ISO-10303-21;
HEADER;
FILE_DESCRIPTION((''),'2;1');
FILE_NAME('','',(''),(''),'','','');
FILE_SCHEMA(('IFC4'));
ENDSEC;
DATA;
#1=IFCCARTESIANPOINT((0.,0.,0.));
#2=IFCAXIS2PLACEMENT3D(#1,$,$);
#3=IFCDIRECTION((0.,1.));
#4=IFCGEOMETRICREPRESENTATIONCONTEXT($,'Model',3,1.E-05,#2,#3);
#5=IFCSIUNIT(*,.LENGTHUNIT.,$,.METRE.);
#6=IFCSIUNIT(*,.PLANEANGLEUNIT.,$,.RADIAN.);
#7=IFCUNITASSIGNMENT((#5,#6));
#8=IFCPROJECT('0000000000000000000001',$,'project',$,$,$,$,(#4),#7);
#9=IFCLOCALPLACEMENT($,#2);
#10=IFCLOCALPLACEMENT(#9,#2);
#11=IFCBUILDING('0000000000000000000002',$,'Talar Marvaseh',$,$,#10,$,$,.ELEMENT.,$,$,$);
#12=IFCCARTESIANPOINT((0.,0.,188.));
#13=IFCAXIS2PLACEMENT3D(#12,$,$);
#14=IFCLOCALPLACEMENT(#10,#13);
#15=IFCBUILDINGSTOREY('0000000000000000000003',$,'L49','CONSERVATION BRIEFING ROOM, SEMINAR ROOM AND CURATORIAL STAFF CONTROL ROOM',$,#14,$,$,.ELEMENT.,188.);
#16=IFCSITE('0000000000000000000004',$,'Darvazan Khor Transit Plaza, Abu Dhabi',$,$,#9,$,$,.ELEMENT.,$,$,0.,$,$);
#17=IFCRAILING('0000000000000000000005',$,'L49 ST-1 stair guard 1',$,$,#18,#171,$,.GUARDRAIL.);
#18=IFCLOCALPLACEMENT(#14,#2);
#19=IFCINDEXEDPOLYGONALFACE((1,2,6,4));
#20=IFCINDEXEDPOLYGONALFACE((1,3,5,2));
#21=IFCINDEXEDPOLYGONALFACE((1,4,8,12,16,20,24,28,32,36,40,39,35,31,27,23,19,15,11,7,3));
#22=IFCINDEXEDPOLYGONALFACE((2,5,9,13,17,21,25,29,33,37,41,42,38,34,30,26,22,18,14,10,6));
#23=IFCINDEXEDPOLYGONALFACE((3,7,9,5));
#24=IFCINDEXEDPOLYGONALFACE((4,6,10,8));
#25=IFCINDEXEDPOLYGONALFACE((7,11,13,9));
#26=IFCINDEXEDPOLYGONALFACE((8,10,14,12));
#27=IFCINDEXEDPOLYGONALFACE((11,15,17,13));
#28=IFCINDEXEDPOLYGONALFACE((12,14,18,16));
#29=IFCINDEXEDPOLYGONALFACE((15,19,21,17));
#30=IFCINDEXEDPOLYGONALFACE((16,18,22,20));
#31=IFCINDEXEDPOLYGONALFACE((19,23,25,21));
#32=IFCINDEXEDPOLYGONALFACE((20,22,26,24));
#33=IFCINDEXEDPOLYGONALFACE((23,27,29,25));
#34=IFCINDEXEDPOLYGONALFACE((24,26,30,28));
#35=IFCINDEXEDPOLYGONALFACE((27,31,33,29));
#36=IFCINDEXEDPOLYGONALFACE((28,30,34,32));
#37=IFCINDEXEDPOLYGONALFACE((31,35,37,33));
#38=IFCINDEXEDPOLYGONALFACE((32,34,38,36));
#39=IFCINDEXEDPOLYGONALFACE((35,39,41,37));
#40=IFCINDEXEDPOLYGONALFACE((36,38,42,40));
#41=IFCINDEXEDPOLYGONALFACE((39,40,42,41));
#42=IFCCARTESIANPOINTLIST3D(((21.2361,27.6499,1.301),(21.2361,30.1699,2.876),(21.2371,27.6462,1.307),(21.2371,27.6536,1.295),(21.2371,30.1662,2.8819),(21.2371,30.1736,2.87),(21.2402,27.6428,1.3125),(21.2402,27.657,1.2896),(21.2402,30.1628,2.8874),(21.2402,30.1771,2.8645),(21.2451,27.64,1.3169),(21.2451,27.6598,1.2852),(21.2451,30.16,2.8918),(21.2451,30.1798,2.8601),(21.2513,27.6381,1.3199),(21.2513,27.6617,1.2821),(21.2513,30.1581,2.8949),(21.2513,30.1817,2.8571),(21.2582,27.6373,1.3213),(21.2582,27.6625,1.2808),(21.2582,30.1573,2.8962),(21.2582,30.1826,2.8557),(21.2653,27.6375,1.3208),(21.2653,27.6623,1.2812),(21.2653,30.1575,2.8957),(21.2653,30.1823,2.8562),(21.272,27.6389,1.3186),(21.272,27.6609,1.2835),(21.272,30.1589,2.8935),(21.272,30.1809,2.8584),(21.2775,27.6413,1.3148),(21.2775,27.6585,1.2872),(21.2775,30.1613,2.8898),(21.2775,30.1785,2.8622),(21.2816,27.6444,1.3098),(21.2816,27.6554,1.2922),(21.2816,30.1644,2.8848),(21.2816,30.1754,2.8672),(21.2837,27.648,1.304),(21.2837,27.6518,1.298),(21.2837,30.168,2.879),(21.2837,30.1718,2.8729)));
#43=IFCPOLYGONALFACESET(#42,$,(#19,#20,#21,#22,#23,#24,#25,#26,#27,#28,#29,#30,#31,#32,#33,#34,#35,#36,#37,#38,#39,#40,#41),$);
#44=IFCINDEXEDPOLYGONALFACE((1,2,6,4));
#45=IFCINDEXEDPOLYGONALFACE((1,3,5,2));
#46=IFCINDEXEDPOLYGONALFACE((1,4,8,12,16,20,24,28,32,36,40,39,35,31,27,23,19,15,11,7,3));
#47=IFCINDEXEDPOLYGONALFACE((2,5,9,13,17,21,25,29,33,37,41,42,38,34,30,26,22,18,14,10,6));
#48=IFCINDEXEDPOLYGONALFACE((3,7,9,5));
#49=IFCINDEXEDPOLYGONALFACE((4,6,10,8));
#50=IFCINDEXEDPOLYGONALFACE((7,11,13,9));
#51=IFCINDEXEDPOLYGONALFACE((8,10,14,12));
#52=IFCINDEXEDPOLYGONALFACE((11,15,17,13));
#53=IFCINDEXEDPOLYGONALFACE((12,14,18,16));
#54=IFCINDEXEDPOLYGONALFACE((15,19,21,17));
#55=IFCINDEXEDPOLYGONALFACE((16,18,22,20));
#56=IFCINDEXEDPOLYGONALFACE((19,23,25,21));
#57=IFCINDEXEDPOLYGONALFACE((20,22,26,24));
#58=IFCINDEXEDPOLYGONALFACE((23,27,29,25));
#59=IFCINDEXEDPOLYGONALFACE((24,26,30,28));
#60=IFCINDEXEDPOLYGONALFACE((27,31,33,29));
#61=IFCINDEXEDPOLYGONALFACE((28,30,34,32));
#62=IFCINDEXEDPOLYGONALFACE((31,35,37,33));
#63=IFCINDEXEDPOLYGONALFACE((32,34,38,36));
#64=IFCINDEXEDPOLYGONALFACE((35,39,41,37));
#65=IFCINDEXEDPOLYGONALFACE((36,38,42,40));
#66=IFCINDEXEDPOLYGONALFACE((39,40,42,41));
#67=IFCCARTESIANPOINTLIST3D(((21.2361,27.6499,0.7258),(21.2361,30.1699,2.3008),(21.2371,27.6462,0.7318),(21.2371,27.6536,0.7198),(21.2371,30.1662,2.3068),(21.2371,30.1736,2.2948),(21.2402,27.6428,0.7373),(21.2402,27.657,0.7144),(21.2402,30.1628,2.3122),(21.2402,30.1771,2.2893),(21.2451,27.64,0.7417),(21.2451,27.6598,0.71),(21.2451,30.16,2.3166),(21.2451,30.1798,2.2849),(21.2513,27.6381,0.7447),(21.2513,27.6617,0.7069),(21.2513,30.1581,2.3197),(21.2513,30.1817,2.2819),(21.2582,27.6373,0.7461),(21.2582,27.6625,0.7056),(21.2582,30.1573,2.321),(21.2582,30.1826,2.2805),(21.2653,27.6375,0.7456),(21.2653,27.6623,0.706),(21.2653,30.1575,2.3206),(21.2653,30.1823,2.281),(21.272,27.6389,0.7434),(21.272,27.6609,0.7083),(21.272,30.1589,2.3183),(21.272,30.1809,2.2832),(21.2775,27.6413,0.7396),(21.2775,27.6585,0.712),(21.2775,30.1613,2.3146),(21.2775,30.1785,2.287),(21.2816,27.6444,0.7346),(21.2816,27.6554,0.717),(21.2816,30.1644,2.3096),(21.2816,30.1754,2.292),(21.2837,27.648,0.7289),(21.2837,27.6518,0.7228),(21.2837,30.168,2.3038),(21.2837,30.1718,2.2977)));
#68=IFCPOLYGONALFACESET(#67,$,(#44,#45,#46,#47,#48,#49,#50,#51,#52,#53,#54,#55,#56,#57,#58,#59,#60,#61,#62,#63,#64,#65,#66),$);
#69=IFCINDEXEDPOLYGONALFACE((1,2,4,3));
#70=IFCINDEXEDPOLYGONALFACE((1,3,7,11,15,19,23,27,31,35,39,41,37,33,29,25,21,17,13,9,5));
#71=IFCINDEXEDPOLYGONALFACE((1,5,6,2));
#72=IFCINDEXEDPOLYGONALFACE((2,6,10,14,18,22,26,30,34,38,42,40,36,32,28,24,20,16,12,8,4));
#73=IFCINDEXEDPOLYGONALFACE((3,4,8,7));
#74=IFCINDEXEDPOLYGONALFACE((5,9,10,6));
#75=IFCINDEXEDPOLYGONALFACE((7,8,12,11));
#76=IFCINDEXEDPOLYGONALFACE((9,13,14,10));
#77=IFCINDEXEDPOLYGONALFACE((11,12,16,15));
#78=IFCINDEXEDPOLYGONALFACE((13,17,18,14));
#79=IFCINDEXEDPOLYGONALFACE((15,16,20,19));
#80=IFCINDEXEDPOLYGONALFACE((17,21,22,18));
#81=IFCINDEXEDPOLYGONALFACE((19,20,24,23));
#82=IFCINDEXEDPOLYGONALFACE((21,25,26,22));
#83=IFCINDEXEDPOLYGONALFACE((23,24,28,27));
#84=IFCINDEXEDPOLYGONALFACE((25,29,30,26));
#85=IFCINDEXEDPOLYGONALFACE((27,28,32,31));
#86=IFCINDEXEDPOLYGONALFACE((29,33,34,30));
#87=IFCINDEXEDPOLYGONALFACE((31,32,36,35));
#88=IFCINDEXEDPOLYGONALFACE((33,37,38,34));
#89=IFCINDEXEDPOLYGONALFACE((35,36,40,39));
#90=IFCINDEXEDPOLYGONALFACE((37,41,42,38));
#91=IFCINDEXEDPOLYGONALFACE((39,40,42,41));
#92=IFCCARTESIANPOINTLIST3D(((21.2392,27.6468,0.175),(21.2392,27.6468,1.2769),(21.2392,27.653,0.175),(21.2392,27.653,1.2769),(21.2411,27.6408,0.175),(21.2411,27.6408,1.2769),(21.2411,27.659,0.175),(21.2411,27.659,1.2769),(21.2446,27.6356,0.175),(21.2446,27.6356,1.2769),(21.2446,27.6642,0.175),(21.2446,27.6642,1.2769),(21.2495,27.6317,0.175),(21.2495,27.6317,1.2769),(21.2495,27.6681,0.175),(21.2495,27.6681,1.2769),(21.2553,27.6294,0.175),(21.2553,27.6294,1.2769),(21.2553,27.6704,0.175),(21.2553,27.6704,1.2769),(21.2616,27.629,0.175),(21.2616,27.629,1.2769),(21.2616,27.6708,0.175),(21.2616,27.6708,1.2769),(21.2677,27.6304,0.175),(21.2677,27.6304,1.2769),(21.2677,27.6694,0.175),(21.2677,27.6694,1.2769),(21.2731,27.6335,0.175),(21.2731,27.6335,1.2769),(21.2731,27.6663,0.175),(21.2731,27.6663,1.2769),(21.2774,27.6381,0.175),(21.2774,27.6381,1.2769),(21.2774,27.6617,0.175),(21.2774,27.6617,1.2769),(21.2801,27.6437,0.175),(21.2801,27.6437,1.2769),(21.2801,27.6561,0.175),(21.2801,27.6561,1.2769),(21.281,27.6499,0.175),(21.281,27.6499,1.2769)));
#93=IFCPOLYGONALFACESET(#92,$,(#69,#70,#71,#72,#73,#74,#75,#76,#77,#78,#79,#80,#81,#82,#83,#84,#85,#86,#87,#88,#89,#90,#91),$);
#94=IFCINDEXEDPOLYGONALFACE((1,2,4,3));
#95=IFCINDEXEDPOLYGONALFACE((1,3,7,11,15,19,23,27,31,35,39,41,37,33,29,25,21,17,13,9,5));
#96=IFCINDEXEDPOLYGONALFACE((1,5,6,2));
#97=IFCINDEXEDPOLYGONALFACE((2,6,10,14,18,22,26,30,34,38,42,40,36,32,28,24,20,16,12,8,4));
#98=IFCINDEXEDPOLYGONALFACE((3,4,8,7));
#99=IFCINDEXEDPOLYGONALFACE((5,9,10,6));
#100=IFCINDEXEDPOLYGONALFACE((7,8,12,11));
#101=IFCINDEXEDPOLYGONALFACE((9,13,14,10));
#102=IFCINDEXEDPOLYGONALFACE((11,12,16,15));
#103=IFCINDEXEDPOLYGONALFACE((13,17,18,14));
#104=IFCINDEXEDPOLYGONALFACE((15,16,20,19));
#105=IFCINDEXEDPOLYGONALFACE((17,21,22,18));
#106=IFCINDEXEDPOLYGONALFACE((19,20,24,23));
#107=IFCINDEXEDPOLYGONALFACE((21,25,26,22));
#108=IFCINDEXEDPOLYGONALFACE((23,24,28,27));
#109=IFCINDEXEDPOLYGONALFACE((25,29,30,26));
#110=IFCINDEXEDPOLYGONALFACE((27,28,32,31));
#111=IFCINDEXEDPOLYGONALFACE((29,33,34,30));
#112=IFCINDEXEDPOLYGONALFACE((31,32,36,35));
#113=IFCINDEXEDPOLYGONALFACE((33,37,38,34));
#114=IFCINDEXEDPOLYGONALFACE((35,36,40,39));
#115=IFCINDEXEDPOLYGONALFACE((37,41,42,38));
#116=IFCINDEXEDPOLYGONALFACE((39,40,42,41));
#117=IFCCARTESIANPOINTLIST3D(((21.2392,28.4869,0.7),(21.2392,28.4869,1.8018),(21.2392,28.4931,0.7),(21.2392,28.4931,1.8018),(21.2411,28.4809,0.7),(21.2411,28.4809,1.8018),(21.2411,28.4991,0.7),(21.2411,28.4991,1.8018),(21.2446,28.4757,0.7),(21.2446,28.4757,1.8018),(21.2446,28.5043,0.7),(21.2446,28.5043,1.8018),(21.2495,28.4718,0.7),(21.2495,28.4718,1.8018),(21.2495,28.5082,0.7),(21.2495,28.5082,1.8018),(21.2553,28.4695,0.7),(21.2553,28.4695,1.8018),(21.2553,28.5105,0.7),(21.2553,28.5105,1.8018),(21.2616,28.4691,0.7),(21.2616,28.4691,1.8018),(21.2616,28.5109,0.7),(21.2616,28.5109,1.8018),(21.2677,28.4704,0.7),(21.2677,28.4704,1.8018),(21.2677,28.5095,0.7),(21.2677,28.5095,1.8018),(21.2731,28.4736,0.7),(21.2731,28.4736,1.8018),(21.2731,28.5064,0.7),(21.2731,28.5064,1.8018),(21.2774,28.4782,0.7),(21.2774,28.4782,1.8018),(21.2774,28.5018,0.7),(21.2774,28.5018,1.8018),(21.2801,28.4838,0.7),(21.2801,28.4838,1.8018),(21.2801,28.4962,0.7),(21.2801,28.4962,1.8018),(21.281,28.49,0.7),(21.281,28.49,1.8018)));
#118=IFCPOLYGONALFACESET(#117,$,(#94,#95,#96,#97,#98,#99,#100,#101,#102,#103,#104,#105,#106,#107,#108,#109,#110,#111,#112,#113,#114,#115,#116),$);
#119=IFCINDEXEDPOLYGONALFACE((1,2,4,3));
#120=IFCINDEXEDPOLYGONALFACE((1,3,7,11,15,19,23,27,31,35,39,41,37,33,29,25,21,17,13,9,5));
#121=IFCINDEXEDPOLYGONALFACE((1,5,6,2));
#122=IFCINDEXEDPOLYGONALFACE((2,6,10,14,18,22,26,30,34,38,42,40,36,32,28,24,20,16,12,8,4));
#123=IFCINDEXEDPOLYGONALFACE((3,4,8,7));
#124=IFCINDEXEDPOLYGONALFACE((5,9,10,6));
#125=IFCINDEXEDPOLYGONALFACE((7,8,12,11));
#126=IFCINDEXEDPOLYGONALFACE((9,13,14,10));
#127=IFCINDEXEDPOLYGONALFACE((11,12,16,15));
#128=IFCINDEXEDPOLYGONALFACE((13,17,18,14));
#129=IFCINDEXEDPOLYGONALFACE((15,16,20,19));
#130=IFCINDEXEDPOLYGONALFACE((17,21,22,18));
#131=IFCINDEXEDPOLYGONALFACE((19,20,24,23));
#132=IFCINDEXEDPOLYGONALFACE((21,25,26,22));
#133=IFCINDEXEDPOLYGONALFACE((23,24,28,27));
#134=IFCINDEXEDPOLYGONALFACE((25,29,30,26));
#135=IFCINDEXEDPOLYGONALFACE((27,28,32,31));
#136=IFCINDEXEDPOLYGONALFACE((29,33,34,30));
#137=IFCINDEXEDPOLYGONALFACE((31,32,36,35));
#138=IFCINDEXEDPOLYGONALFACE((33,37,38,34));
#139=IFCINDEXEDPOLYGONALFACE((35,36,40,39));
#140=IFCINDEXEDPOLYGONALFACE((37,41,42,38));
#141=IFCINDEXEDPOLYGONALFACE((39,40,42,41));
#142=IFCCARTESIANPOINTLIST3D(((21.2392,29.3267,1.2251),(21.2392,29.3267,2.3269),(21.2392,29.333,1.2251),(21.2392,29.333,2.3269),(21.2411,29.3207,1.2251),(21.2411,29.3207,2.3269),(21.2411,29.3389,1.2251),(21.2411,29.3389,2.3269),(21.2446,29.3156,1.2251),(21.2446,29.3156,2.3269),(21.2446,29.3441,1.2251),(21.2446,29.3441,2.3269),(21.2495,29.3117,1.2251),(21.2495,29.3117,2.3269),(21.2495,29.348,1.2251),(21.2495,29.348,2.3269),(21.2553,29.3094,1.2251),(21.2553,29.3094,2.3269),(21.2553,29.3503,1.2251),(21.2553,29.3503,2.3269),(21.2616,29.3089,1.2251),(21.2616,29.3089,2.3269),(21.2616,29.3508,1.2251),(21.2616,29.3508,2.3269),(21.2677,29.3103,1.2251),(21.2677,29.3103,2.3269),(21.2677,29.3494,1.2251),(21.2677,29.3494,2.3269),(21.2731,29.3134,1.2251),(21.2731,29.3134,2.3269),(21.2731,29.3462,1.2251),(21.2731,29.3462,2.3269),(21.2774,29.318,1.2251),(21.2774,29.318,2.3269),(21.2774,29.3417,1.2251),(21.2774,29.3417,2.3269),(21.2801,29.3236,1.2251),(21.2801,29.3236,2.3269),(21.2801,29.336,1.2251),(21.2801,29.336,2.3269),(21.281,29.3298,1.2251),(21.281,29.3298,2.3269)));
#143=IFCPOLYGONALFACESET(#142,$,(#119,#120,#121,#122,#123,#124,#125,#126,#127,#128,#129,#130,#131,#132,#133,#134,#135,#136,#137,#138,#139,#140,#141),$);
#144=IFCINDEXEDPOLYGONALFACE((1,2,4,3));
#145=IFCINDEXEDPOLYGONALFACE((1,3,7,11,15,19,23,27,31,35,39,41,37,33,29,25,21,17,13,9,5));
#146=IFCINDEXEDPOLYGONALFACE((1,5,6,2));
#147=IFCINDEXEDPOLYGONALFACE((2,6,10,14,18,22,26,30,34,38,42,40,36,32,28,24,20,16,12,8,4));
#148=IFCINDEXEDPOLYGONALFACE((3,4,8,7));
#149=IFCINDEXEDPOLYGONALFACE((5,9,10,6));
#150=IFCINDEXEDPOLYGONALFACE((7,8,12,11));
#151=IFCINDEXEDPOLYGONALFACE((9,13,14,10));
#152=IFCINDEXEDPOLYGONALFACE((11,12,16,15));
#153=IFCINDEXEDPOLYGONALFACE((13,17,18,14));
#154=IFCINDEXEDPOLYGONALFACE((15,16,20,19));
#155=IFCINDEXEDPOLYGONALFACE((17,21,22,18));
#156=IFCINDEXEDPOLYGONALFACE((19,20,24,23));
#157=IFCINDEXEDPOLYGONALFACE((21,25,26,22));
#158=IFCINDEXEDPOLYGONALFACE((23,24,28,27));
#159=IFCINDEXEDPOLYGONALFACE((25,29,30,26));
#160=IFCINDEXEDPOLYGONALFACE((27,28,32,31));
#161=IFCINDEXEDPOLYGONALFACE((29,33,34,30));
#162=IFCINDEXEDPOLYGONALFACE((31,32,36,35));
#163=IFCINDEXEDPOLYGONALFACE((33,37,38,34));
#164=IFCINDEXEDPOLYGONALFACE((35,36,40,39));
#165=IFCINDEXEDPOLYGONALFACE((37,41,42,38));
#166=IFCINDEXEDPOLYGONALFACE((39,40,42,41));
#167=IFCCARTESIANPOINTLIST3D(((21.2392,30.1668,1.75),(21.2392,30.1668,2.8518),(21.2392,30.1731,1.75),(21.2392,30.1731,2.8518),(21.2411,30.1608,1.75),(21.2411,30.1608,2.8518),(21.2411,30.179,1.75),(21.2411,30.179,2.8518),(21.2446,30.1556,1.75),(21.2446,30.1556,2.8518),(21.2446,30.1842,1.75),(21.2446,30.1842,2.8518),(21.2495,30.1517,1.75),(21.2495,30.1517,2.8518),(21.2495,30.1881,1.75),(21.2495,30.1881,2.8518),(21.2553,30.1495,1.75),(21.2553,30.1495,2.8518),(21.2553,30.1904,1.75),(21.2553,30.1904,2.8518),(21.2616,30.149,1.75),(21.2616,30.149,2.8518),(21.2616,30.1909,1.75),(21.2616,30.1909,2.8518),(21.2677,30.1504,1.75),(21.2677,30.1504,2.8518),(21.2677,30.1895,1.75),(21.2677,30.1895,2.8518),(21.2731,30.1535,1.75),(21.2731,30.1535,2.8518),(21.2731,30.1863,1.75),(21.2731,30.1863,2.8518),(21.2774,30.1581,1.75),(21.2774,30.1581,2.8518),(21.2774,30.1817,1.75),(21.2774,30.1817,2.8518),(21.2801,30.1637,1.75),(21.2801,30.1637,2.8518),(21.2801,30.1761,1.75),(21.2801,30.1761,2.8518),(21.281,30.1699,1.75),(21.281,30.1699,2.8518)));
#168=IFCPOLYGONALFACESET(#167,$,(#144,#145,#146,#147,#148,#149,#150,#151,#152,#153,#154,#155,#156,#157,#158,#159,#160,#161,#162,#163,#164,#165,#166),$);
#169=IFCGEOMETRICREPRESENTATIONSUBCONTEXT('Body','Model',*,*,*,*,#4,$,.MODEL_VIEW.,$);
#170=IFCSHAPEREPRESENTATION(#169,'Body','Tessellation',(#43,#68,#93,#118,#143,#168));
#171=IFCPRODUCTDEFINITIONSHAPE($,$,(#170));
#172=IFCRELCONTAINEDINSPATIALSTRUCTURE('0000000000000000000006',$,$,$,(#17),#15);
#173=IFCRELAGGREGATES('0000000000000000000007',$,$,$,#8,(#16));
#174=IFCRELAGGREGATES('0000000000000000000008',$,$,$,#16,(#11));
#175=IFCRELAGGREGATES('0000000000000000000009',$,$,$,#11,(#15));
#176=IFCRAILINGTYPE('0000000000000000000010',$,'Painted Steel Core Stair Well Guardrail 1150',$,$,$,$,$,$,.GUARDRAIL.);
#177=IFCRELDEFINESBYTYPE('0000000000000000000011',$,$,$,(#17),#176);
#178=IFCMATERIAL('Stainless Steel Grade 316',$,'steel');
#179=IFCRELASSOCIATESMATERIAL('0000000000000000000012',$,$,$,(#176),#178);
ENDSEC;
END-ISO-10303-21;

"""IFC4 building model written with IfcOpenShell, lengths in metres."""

from ifc_helpers import new_model, si_unit, direction, frame, origin, origin_2d, place, context, subcontext, project, spatial, circle, extrude, material, type_object, element, save


model = new_model("IFC4")

# Units and contexts
model_context = context("Model", 3, precision=1e-05, world=origin(), true_north=direction((0.0, 1.0)))
body_context = subcontext(model_context, "Body", "Model", "MODEL_VIEW")
ifc_project = project(units=[si_unit("LENGTHUNIT", "METRE"), si_unit("PLANEANGLEUNIT", "RADIAN")], contexts=[model_context])

# Site, building, storey
site_placement = place(None, origin())
site = spatial("IfcSite", under=ifc_project, at=site_placement, Name="Darvazan Khor Transit Plaza, Abu Dhabi", CompositionType="ELEMENT", RefElevation=0.0)
building_placement = place(site_placement, origin())
building = spatial("IfcBuilding", under=site, at=building_placement, Name="Talar Marvaseh", CompositionType="ELEMENT")
storey_placement = place(building_placement, frame((0.0, 0.0, 188.0)))
storey = spatial("IfcBuildingStorey", under=building, at=storey_placement, Name="L49", Description="CONSERVATION BRIEFING ROOM, SEMINAR ROOM AND CURATORIAL STAFF CONTROL ROOM", CompositionType="ELEMENT", Elevation=188.0)

# Railing
ifc_material_1 = material(Name="Stainless Steel Grade 316", Category="steel")
railing_type_1 = type_object("IfcRailingType", Name="Painted Steel Core Stair Well Guardrail 1150", PredefinedType="GUARDRAIL", material=ifc_material_1)
railing_1_placement = place(storey_placement, frame((21.26, 27.6499, 0.175)))
element("IfcRailing", 1, at=railing_1_placement, inside=storey, type_object=railing_type_1, Name="L49 ST-1 stair guard 1", PredefinedType="GUARDRAIL", context=body_context, shape_type="SweptSolid", body=[
    extrude(circle(Radius=0.0239, at=origin_2d()), frame((0.0, 0.0, 1.126), z_axis=(0.0, 0.848008, 0.529984), x_axis=(-1.0, 0.0, 0.0)), (0.0, 0.0, 1.0), 2.9717),
    extrude(circle(Radius=0.0239, at=origin_2d()), frame((0.0, 0.0, 0.5508), z_axis=(0.0, 0.848008, 0.529984), x_axis=(-1.0, 0.0, 0.0)), (0.0, 0.0, 1.0), 2.9717),
    extrude(circle(Radius=0.021, at=origin_2d()), origin(), (0.0, 0.0, 1.0), 1.1018),
    extrude(circle(Radius=0.021, at=origin_2d()), frame((0.0, 0.8401, 0.5249)), (0.0, 0.0, 1.0), 1.1018),
    extrude(circle(Radius=0.021, at=origin_2d()), frame((0.0, 1.6799, 1.05)), (0.0, 0.0, 1.0), 1.1018),
    extrude(circle(Radius=0.021, at=origin_2d()), frame((0.0, 2.52, 1.575)), (0.0, 0.0, 1.0), 1.1018),
])

save(model, "model.ifc")
